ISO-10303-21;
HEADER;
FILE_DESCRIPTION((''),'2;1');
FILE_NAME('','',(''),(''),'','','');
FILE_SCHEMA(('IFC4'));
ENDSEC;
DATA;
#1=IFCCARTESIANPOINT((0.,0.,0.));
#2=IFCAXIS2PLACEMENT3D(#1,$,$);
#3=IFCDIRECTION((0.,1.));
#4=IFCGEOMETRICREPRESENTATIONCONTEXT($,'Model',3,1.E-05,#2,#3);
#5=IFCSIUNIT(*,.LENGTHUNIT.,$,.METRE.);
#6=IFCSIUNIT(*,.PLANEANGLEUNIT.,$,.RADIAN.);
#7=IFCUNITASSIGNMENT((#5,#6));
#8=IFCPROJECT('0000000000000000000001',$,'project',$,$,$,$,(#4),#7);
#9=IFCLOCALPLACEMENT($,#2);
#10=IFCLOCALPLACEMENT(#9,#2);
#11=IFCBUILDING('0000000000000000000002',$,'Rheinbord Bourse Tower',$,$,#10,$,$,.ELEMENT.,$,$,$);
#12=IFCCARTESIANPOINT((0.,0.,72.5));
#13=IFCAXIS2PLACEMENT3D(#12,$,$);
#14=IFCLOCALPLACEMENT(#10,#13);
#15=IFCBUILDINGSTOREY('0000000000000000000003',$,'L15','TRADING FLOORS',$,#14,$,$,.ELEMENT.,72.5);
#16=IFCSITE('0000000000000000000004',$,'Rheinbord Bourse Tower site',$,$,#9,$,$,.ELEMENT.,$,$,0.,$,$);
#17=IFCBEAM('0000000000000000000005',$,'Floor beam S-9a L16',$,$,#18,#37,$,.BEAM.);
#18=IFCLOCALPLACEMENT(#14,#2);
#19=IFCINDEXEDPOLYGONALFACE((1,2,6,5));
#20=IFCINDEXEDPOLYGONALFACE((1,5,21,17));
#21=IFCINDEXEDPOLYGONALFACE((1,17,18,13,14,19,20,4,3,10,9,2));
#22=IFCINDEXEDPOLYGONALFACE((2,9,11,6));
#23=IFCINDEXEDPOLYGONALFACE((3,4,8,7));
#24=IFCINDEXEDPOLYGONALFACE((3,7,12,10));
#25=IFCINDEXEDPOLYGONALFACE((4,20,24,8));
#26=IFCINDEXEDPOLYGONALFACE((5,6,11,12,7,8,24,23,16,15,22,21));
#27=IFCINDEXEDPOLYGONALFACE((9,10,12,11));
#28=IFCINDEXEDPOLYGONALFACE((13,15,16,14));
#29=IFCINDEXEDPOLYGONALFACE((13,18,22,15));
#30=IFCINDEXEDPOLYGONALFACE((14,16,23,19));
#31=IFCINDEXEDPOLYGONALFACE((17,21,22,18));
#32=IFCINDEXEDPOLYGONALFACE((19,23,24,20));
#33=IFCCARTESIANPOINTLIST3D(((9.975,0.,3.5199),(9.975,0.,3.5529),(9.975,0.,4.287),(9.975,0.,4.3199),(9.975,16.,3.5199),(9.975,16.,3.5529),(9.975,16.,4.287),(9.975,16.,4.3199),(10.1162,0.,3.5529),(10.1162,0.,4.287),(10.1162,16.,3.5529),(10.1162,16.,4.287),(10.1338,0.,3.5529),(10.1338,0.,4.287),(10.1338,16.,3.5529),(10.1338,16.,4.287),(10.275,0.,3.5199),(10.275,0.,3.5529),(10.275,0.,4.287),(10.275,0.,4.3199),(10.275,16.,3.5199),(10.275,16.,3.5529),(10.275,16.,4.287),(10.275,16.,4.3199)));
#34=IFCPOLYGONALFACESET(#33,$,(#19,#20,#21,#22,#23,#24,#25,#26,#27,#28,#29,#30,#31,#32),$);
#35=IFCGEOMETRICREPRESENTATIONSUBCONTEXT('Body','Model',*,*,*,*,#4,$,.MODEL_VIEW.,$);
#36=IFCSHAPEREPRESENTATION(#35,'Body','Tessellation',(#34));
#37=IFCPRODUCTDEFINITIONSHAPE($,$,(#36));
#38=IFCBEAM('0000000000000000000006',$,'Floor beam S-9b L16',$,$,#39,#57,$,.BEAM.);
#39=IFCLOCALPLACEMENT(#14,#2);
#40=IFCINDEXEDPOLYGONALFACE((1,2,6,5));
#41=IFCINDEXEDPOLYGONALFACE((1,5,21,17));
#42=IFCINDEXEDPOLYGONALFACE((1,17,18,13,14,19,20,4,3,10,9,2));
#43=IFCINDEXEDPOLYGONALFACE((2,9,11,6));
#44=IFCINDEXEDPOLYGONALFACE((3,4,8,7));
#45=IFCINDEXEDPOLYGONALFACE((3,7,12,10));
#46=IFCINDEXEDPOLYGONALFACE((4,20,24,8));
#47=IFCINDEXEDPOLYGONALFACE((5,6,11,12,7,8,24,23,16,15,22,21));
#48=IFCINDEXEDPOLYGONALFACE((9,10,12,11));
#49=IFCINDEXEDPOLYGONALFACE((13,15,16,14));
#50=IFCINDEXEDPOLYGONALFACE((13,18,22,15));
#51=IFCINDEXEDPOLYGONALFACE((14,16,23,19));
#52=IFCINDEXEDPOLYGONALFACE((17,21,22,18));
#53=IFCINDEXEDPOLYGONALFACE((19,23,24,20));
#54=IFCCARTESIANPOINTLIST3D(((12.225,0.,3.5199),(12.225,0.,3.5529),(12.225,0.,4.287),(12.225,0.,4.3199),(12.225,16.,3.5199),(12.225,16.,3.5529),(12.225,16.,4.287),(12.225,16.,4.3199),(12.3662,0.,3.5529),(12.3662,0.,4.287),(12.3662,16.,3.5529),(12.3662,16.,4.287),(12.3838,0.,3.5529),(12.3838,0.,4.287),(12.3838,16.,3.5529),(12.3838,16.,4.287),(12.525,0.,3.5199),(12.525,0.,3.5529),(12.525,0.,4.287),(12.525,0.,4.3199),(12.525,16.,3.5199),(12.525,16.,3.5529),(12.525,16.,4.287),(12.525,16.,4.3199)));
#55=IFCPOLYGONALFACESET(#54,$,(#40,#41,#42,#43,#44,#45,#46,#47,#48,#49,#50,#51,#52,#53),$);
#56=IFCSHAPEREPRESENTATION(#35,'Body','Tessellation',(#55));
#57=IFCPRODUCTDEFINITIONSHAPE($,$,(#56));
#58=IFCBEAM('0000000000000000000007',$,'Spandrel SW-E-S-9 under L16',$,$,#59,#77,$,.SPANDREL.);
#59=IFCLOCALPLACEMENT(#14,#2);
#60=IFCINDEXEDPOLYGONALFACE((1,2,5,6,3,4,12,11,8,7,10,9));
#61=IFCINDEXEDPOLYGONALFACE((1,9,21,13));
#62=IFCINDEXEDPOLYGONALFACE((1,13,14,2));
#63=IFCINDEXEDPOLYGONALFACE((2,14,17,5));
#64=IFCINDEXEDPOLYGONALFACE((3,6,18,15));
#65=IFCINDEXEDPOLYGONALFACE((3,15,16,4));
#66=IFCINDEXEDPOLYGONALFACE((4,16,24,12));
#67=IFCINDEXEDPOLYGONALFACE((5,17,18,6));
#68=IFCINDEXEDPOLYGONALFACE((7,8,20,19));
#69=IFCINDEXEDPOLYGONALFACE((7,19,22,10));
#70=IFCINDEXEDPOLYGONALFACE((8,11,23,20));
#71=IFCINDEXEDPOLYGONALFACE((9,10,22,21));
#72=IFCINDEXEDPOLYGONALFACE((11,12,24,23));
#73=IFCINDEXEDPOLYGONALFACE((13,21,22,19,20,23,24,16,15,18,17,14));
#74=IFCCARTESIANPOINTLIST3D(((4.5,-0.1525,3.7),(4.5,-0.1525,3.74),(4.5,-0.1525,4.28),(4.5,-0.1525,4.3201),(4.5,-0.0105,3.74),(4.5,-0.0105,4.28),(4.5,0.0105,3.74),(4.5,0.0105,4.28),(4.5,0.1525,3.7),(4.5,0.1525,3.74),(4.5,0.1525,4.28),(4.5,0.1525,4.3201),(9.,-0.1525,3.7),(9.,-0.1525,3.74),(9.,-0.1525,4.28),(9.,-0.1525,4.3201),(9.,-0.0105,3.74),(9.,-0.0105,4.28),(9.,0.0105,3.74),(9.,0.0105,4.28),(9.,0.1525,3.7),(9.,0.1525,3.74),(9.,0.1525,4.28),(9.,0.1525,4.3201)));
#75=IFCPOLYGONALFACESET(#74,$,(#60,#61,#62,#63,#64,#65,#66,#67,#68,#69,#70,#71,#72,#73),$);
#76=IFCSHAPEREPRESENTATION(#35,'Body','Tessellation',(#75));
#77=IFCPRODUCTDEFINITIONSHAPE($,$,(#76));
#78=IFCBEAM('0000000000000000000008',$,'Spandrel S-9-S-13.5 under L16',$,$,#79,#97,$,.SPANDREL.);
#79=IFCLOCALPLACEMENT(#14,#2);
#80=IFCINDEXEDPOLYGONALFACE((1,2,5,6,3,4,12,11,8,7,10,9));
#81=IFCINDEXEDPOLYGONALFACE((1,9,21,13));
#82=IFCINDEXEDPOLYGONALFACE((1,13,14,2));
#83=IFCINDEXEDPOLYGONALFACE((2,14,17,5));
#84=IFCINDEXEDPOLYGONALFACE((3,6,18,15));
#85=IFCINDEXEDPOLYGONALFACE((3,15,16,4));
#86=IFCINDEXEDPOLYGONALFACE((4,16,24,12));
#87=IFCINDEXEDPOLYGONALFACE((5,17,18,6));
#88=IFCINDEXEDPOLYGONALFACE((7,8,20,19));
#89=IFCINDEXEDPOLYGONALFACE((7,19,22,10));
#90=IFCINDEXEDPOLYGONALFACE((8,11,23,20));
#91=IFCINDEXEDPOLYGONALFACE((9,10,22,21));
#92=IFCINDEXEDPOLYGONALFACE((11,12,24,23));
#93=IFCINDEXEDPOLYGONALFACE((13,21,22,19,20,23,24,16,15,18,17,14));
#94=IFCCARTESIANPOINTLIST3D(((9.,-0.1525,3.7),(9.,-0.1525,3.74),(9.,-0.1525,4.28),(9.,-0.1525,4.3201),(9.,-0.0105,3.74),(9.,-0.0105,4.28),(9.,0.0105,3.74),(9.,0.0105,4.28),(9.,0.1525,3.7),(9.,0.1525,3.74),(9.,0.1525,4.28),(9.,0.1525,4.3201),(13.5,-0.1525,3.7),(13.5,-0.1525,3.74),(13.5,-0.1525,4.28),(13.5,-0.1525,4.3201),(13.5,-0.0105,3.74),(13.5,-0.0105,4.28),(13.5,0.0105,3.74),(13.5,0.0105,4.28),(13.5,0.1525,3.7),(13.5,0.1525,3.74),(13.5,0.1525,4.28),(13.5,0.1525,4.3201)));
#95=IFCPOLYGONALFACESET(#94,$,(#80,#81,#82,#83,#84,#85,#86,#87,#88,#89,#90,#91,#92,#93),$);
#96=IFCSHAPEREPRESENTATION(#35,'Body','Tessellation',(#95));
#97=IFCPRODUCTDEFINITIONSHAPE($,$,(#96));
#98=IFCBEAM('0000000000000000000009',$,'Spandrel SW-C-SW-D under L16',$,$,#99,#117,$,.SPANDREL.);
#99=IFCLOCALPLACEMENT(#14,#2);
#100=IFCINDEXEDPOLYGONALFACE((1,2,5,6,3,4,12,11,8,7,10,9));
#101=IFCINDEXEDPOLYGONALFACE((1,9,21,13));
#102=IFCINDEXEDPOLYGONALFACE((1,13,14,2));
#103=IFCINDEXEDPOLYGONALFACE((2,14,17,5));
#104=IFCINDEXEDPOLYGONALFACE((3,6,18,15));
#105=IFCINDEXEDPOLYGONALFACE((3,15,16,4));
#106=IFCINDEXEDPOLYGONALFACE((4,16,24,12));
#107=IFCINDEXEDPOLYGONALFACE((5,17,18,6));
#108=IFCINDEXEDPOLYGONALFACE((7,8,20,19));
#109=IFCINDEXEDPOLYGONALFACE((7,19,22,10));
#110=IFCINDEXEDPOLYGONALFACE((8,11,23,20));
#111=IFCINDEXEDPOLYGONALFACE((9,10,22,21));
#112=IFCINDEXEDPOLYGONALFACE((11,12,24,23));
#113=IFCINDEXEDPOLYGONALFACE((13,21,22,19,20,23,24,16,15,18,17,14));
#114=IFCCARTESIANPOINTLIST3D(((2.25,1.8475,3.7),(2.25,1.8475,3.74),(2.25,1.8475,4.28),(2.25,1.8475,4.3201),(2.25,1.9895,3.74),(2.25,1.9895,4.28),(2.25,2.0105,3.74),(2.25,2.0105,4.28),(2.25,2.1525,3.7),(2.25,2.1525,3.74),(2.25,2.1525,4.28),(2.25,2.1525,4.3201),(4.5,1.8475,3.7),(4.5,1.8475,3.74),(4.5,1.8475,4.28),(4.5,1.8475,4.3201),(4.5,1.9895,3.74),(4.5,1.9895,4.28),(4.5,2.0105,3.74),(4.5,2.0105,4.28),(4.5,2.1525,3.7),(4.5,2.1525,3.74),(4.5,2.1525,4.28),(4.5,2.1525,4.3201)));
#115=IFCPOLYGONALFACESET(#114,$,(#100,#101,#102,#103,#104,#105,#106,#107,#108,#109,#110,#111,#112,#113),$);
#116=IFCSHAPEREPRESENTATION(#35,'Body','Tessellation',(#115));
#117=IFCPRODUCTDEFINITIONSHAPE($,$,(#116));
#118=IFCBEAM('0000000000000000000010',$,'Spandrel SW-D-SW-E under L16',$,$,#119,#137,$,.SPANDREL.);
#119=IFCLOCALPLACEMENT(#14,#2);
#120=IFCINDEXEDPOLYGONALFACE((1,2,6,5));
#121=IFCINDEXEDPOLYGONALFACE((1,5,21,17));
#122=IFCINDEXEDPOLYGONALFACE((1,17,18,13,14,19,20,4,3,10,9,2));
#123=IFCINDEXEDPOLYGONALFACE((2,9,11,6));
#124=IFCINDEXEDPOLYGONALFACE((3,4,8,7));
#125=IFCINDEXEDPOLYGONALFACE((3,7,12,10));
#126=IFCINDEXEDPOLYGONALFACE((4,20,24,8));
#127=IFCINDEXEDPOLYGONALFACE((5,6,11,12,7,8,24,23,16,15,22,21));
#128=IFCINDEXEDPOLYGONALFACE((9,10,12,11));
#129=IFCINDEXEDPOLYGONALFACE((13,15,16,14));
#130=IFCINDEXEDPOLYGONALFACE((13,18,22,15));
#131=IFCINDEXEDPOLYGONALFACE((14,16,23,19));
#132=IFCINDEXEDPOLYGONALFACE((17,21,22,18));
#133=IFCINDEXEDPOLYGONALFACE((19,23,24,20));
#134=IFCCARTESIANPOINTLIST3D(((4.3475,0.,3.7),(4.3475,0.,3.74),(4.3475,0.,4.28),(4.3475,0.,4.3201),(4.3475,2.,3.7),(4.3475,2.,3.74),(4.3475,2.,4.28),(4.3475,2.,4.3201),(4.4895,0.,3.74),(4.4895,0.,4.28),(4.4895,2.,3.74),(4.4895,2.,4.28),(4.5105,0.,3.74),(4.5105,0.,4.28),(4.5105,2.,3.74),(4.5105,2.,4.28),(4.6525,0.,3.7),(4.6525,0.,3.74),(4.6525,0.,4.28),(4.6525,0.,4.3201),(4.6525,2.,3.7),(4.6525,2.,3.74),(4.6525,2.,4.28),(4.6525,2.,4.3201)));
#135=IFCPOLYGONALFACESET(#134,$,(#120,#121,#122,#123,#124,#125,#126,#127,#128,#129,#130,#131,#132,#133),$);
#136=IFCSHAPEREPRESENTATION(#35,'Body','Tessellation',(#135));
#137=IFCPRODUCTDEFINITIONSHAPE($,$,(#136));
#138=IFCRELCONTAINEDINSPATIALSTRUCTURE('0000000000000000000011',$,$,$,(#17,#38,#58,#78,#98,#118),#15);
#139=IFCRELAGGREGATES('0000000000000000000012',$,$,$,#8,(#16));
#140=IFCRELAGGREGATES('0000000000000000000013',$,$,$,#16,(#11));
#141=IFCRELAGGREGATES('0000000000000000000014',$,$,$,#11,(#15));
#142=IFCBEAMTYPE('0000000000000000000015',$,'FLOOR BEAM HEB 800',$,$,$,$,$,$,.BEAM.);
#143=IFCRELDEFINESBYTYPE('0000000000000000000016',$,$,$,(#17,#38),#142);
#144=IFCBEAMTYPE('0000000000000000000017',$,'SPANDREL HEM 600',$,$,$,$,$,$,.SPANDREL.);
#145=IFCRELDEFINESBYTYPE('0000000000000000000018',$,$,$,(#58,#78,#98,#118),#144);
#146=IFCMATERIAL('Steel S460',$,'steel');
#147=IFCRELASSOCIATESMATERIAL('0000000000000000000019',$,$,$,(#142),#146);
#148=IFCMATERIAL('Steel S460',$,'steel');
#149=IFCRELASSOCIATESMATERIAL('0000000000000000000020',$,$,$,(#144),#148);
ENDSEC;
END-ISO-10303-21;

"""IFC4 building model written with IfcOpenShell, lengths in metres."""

from ifc_helpers import new_model, si_unit, direction, frame, origin, origin_2d, place, context, subcontext, project, spatial, i_section, extrude, material, material_profile, profile_set, type_object, element, save


model = new_model("IFC4")

# Units and contexts
model_context = context("Model", 3, precision=1e-05, world=origin(), true_north=direction((0.0, 1.0)))
body_context = subcontext(model_context, "Body", "Model", "MODEL_VIEW")
ifc_project = project(units=[si_unit("LENGTHUNIT", "METRE"), si_unit("PLANEANGLEUNIT", "RADIAN")], contexts=[model_context])

# Site, building, storey
site_placement = place(None, origin())
site = spatial("IfcSite", under=ifc_project, at=site_placement, Name="Rheinbord Bourse Tower site", CompositionType="ELEMENT", RefElevation=0.0)
building_placement = place(site_placement, origin())
building = spatial("IfcBuilding", under=site, at=building_placement, Name="Rheinbord Bourse Tower", CompositionType="ELEMENT")
storey_placement = place(building_placement, frame((0.0, 0.0, 72.5)))
storey = spatial("IfcBuildingStorey", under=building, at=storey_placement, Name="L15", Description="TRADING FLOORS", CompositionType="ELEMENT", Elevation=72.5)

# Beams
ifc_material_1 = material(Name="Steel S460", Category="steel")
ifc_material_profile_1 = material_profile(ifc_material_1, i_section(OverallWidth=0.3, OverallDepth=0.8, WebThickness=0.0176, FlangeThickness=0.033, at=origin_2d()), Name="HEB 800")
ifc_profile_set_1 = profile_set([ifc_material_profile_1], Name="Steel S460")
beam_type_1 = type_object("IfcBeamType", Name="FLOOR BEAM HEB 800", PredefinedType="BEAM", material=ifc_profile_set_1)
for number, where, z_axis, x_axis, name in (
    (1, (10.125, 0.0, 3.9199), (0.0, 1.0, 0.0), (-1.0, 0.0, 0.0), "Floor beam S-9a L16"),
    (2, (12.375, 0.0, 3.9199), (0.0, 1.0, 0.0), (-1.0, 0.0, 0.0), "Floor beam S-9b L16"),
):
    element("IfcBeam", number, at=place(storey_placement, frame(where, z_axis=z_axis, x_axis=x_axis)), inside=storey, type_object=beam_type_1, Name=name, PredefinedType="BEAM", context=body_context, shape_type="SweptSolid", body=[
        extrude(i_section(OverallWidth=0.3, OverallDepth=0.8, WebThickness=0.0176, FlangeThickness=0.033, at=origin_2d()), origin(), (0.0, 0.0, 1.0), 16.0),
    ])
ifc_material_2 = material(Name="Steel S460", Category="steel")
ifc_material_profile_2 = material_profile(ifc_material_2, i_section(OverallWidth=0.3049, OverallDepth=0.6201, WebThickness=0.021, FlangeThickness=0.04, at=origin_2d()), Name="HEM 600")
ifc_profile_set_2 = profile_set([ifc_material_profile_2], Name="Steel S460")
beam_type_2 = type_object("IfcBeamType", Name="SPANDREL HEM 600", PredefinedType="SPANDREL", material=ifc_profile_set_2)
for number, where, z_axis, x_axis, name in (
    (3, (4.5, 0.0, 4.01), (1.0, 0.0, 0.0), (0.0, 1.0, 0.0), "Spandrel SW-E-S-9 under L16"),
    (4, (9.0, 0.0, 4.01), (1.0, 0.0, 0.0), (0.0, 1.0, 0.0), "Spandrel S-9-S-13.5 under L16"),
):
    element("IfcBeam", number, at=place(storey_placement, frame(where, z_axis=z_axis, x_axis=x_axis)), inside=storey, type_object=beam_type_2, Name=name, PredefinedType="SPANDREL", context=body_context, shape_type="SweptSolid", body=[
        extrude(i_section(OverallWidth=0.3049, OverallDepth=0.6201, WebThickness=0.021, FlangeThickness=0.04, at=origin_2d()), origin(), (0.0, 0.0, 1.0), 4.5),
    ])
beam_1_placement = place(storey_placement, frame((2.25, 2.0, 4.01), z_axis=(1.0, 0.0, 0.0), x_axis=(0.0, 1.0, 0.0)))
element("IfcBeam", 5, at=beam_1_placement, inside=storey, type_object=beam_type_2, Name="Spandrel SW-C-SW-D under L16", PredefinedType="SPANDREL", context=body_context, shape_type="SweptSolid", body=[
    extrude(i_section(OverallWidth=0.3049, OverallDepth=0.6201, WebThickness=0.021, FlangeThickness=0.04, at=origin_2d()), origin(), (0.0, 0.0, 1.0), 2.25),
])
beam_2_placement = place(storey_placement, frame((4.5, 2.0, 4.01), z_axis=(0.0, -1.0, 0.0), x_axis=(1.0, 0.0, 0.0)))
element("IfcBeam", 6, at=beam_2_placement, inside=storey, type_object=beam_type_2, Name="Spandrel SW-D-SW-E under L16", PredefinedType="SPANDREL", context=body_context, shape_type="SweptSolid", body=[
    extrude(i_section(OverallWidth=0.3049, OverallDepth=0.6201, WebThickness=0.021, FlangeThickness=0.04, at=origin_2d()), origin(), (0.0, 0.0, 1.0), 2.0),
])

save(model, "model.ifc")
